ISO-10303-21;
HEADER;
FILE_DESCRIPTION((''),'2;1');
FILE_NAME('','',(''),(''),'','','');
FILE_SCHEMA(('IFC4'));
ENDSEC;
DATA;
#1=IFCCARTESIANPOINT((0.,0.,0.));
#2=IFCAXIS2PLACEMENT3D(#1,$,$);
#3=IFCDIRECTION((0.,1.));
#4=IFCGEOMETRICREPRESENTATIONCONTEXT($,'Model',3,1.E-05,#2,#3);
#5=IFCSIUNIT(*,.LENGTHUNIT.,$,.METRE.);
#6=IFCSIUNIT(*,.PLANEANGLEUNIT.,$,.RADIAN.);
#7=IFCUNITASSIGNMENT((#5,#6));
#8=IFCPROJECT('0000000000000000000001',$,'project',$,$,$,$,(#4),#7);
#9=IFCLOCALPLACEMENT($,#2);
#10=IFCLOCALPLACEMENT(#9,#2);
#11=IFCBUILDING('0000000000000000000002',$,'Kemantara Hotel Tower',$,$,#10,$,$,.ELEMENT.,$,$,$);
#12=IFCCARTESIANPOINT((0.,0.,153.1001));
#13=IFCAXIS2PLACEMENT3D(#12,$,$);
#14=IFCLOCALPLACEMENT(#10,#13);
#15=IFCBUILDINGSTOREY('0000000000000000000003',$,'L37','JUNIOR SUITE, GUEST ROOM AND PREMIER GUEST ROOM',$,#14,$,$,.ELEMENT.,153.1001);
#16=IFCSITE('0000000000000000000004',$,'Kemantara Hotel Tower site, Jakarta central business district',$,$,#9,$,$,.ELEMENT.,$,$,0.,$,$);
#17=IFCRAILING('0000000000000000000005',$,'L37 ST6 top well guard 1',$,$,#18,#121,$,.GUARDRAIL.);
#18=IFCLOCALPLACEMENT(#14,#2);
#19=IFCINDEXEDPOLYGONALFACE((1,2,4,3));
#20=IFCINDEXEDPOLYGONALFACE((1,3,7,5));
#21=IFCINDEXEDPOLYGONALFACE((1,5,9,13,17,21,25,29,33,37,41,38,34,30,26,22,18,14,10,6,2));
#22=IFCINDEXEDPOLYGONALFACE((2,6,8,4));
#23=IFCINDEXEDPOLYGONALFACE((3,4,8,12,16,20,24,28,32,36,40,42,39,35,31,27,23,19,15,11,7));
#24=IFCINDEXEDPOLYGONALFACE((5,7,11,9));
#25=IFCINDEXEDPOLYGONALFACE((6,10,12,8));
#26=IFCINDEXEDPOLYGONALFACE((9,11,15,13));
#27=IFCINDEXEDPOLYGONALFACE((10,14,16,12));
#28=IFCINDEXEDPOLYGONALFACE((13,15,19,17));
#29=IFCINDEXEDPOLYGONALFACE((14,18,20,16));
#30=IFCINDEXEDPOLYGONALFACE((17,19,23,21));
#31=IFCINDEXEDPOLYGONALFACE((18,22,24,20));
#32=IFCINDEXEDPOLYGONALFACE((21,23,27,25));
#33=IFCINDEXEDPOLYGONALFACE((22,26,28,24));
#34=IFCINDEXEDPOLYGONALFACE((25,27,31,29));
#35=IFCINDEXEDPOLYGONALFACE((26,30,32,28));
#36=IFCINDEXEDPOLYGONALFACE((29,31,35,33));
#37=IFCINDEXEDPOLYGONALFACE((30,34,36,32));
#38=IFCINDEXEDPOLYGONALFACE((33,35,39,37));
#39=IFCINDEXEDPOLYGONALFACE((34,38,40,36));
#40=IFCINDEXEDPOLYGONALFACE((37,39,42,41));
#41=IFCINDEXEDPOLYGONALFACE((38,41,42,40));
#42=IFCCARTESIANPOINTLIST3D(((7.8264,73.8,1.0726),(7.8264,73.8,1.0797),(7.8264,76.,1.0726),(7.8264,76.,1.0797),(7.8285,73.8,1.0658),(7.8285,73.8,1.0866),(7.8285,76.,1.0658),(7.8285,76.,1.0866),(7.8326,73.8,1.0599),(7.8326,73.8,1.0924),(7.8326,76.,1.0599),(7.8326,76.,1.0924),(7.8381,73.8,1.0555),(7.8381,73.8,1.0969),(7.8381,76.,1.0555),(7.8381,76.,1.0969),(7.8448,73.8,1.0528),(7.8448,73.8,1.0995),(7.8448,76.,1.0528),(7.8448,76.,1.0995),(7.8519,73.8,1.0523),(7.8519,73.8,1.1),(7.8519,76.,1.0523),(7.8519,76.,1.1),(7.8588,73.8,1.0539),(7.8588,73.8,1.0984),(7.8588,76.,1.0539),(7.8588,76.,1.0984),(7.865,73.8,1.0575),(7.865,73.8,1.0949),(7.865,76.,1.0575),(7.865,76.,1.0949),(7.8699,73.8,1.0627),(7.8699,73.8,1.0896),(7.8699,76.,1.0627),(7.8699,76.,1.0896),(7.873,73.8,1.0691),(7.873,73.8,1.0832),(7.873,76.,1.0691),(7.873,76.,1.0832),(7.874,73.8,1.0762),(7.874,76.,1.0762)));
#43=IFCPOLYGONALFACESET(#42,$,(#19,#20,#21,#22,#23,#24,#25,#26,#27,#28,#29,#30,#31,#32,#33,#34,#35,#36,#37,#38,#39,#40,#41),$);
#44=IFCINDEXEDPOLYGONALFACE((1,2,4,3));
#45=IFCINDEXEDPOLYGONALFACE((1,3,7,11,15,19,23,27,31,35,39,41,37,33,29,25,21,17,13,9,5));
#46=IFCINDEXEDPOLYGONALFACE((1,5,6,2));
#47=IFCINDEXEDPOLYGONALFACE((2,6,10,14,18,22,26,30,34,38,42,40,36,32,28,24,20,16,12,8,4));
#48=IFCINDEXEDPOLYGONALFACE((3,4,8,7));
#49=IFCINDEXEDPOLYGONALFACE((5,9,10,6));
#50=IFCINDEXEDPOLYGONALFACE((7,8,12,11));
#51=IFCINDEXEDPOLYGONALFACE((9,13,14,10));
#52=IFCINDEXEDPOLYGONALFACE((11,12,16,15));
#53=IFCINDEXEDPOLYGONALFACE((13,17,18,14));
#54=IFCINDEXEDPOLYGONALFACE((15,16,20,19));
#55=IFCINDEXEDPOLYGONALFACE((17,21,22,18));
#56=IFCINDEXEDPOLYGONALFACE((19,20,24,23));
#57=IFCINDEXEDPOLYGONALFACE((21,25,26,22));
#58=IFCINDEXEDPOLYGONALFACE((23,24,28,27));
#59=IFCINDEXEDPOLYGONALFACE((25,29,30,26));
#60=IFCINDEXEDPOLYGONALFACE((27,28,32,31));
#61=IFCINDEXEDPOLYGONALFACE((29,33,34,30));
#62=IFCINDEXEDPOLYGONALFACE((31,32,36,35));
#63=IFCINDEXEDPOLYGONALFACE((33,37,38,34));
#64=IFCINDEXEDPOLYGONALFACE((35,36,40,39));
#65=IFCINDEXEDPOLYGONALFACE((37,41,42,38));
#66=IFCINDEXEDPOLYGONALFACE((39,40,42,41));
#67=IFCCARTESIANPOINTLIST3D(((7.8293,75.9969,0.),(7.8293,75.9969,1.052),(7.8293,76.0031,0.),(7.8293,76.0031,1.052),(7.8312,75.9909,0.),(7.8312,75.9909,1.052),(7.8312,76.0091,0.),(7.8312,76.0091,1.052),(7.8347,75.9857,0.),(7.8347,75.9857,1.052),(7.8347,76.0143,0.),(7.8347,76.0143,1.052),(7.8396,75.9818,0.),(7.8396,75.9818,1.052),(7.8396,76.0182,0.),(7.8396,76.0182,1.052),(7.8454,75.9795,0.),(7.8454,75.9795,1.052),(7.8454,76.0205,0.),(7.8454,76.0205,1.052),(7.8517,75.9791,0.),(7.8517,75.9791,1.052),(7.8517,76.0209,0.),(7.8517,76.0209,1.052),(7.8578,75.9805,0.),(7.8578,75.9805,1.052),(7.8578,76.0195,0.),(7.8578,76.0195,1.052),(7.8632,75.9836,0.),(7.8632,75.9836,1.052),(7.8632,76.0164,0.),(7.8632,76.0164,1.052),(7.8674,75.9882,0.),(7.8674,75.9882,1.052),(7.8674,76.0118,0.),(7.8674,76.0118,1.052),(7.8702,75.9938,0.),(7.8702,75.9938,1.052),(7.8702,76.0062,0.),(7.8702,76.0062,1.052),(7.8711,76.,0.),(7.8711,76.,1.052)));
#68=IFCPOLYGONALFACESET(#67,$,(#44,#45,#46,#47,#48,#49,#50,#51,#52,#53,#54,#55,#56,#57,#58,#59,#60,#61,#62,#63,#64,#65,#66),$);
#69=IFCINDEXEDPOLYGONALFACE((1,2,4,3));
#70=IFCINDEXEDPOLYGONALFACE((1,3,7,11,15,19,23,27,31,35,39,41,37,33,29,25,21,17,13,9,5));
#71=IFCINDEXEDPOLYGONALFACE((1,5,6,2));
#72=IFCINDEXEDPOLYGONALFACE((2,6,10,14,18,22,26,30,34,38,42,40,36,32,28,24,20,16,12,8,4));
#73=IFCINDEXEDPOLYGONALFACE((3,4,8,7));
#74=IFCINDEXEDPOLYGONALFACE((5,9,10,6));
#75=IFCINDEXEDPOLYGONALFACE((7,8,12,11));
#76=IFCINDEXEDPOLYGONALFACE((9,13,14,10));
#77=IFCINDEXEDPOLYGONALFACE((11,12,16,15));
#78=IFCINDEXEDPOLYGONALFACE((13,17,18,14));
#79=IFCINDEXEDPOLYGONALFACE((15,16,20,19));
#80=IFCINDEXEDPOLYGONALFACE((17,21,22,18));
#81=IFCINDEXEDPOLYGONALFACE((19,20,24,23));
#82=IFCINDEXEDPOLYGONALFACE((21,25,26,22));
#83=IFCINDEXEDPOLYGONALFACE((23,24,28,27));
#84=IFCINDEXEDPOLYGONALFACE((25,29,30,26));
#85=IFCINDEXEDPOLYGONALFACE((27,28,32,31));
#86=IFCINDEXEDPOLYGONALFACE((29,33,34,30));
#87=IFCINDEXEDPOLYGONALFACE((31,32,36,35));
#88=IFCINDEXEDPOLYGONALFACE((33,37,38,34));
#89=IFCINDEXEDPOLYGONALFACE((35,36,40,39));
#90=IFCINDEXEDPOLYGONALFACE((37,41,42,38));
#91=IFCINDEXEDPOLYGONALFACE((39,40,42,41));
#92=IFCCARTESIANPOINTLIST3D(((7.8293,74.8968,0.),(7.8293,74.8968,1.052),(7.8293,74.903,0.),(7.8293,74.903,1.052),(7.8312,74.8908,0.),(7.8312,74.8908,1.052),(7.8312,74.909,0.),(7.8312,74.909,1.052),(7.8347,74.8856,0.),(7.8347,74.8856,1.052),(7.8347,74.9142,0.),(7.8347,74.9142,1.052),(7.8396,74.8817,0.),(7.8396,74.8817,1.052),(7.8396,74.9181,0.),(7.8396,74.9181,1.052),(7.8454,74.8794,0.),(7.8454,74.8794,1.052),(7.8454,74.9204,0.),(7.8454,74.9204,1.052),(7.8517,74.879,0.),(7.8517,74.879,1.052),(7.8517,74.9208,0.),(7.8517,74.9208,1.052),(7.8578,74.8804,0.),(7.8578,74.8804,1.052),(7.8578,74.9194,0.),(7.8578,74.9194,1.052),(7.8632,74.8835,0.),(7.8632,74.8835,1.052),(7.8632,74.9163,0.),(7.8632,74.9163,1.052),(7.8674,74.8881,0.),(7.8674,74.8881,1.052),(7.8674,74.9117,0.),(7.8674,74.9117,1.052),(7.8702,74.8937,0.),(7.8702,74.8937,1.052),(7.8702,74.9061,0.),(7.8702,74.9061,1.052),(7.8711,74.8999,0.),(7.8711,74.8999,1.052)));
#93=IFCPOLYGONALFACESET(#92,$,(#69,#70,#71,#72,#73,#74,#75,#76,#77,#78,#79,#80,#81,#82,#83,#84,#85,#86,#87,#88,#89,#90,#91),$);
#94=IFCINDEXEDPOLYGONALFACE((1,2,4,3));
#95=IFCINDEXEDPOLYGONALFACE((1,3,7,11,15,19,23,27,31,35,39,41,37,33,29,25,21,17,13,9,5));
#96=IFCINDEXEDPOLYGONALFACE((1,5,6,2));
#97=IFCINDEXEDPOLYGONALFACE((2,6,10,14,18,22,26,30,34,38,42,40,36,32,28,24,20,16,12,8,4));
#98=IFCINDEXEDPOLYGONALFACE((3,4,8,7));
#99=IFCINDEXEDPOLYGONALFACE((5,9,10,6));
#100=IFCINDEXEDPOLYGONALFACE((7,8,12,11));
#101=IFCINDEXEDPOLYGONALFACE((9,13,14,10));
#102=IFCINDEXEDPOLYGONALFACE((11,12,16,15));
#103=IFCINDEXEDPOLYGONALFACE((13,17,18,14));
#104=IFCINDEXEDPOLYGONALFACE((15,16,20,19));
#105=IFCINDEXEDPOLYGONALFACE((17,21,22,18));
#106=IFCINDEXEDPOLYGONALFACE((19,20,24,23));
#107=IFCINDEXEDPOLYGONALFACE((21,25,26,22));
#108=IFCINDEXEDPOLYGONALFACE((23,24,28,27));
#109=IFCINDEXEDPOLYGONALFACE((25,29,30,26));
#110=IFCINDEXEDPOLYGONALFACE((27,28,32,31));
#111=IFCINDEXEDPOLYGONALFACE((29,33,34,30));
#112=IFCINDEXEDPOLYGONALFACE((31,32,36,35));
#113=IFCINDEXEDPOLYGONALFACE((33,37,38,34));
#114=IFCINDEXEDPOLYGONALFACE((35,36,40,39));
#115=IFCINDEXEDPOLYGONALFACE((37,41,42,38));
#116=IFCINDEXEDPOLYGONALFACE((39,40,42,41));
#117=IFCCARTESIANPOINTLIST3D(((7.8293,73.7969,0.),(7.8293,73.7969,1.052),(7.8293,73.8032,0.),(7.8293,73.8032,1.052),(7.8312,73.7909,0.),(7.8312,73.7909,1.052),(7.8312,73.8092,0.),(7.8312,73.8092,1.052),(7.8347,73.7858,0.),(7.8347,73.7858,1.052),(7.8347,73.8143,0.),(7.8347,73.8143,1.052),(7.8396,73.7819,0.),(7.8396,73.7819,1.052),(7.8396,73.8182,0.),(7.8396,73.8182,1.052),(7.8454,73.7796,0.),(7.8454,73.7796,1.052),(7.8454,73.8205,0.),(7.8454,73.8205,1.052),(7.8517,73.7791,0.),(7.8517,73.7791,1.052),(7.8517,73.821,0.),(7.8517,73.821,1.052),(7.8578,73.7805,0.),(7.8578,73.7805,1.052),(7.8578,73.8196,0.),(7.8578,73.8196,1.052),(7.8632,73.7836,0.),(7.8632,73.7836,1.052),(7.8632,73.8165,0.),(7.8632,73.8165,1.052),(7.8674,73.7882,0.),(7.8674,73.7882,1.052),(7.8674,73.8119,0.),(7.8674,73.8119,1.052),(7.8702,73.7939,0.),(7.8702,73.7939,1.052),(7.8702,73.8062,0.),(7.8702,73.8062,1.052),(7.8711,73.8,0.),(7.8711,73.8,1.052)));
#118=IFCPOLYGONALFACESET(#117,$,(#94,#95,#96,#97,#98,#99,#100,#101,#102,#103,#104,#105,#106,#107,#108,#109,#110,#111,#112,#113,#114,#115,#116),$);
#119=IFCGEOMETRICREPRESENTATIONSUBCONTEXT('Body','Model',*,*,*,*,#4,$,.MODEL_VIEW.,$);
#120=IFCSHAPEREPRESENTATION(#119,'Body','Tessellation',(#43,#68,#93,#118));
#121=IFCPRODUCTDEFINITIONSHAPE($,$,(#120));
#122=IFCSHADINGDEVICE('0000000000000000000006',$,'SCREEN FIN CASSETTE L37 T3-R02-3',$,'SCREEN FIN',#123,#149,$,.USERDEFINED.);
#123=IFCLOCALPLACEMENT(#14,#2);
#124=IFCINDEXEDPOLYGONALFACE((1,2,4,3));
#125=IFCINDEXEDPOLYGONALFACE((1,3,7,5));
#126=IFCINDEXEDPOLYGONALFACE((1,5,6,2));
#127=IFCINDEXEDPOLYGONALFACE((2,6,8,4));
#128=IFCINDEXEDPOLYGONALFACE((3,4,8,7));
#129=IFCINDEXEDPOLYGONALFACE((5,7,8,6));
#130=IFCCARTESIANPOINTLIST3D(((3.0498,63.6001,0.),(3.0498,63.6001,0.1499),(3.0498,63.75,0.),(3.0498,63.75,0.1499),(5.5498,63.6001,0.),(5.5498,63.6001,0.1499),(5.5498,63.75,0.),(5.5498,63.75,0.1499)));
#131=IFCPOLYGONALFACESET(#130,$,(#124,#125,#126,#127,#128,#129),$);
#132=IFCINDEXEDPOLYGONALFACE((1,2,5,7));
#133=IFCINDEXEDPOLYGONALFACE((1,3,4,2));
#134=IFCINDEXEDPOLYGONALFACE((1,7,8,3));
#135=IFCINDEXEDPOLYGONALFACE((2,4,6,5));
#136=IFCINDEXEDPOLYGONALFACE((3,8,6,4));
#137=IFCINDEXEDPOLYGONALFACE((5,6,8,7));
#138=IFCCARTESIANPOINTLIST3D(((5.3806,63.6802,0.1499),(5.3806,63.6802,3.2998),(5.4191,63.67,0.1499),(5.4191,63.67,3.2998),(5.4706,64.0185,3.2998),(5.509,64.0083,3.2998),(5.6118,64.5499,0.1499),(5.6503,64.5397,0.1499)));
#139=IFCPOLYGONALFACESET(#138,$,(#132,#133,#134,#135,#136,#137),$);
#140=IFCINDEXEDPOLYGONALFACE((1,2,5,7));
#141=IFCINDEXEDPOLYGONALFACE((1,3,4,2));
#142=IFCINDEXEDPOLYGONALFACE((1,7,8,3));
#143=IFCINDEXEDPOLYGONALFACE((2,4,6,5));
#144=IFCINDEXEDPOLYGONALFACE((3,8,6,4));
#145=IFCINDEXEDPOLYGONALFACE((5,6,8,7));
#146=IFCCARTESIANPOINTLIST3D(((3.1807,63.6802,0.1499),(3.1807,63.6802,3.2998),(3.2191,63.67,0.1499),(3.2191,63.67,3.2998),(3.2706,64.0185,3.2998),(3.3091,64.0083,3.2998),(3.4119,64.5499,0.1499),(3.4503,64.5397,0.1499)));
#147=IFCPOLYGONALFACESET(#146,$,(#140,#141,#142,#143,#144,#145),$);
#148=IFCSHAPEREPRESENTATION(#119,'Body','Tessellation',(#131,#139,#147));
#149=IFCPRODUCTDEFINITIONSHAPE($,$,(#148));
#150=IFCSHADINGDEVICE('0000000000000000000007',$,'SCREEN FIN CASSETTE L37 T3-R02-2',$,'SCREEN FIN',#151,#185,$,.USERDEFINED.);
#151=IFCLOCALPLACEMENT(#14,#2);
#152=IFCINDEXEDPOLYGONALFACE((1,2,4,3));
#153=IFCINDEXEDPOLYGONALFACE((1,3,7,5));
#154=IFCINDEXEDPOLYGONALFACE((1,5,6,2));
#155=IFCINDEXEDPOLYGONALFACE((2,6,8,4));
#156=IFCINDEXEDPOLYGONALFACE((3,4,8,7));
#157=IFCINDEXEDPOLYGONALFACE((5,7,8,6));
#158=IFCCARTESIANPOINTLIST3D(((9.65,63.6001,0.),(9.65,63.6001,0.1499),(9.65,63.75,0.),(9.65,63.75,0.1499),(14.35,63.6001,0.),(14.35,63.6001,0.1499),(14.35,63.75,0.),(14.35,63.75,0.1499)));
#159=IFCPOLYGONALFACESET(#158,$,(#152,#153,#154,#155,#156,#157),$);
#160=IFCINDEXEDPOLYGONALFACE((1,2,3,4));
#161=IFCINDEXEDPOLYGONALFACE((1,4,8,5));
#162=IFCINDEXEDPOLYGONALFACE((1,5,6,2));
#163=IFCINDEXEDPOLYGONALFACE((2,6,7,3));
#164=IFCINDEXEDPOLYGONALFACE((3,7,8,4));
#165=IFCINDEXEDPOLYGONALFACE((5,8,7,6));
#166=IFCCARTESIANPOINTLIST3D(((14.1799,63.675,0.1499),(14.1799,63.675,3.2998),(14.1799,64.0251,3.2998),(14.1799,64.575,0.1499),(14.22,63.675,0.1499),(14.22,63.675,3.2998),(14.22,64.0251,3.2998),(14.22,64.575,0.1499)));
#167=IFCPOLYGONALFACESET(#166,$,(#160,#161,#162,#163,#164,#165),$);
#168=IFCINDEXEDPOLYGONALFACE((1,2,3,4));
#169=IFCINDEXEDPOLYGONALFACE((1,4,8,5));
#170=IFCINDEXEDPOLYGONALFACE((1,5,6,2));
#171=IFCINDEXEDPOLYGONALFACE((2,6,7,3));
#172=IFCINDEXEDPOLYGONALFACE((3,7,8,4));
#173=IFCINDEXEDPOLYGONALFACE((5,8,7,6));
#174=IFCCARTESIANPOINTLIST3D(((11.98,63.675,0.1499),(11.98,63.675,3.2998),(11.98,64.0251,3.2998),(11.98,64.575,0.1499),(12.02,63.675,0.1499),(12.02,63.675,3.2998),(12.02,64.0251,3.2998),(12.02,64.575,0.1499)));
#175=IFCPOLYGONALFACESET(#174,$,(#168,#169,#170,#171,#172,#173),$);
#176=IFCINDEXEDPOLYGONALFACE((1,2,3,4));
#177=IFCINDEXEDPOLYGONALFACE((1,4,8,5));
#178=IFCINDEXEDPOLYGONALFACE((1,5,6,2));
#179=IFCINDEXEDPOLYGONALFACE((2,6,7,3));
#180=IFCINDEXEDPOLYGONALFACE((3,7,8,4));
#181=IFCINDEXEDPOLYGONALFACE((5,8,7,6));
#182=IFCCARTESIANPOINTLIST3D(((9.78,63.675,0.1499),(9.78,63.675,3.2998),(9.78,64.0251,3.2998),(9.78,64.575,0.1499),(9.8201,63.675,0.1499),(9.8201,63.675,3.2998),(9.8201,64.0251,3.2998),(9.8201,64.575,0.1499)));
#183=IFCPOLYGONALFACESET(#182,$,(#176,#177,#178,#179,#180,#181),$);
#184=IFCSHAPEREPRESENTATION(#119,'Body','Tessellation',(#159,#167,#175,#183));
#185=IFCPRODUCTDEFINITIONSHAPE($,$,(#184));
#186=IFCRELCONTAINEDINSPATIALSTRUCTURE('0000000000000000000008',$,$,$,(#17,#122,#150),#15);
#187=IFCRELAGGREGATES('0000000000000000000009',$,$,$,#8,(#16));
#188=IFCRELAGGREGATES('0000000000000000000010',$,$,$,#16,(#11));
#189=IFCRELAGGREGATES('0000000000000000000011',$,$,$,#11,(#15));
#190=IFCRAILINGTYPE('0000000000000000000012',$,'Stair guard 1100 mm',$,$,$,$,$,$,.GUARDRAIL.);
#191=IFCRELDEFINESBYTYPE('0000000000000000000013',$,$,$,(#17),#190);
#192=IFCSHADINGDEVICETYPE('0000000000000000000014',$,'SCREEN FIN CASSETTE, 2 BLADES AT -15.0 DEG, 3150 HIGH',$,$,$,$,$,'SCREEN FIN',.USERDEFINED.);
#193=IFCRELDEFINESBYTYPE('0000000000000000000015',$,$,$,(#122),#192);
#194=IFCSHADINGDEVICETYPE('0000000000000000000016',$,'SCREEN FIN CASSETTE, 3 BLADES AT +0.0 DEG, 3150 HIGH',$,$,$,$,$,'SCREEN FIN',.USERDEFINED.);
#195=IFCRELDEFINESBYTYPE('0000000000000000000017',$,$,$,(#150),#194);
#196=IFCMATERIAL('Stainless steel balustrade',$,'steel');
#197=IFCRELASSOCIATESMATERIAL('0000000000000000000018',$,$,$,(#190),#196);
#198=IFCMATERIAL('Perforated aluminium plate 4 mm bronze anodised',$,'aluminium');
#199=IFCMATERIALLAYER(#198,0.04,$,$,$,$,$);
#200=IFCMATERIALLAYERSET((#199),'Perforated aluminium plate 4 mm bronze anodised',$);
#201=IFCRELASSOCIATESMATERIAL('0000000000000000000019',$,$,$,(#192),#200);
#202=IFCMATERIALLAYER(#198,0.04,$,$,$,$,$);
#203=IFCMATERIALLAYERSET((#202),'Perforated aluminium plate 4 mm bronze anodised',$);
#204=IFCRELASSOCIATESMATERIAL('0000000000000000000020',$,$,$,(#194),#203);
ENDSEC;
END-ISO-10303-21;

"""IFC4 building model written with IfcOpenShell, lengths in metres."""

from ifc_helpers import new_model, si_unit, direction, frame, origin, origin_2d, place, context, subcontext, project, spatial, polyline, rectangle, circle, outline, extrude, source, transform, mapped, material, layer, layer_set, type_object, element, save


model = new_model("IFC4")

# Units and contexts
model_context = context("Model", 3, precision=1e-05, world=origin(), true_north=direction((0.0, 1.0)))
body_context = subcontext(model_context, "Body", "Model", "MODEL_VIEW")
ifc_project = project(units=[si_unit("LENGTHUNIT", "METRE"), si_unit("PLANEANGLEUNIT", "RADIAN")], contexts=[model_context])

# Site, building, storey
site_placement = place(None, origin())
site = spatial("IfcSite", under=ifc_project, at=site_placement, Name="Kemantara Hotel Tower site, Jakarta central business district", CompositionType="ELEMENT", RefElevation=0.0)
building_placement = place(site_placement, origin())
building = spatial("IfcBuilding", under=site, at=building_placement, Name="Kemantara Hotel Tower", CompositionType="ELEMENT")
storey_placement = place(building_placement, frame((0.0, 0.0, 153.1001)))
storey = spatial("IfcBuildingStorey", under=building, at=storey_placement, Name="L37", Description="JUNIOR SUITE, GUEST ROOM AND PREMIER GUEST ROOM", CompositionType="ELEMENT", Elevation=153.1001)

# Railing
ifc_material_1 = material(Name="Stainless steel balustrade", Category="steel")
railing_type = type_object("IfcRailingType", Name="Stair guard 1100 mm", PredefinedType="GUARDRAIL", material=ifc_material_1)
railing_placement = place(storey_placement, frame((7.8501, 76.0, 0.0)))
element("IfcRailing", 1, at=railing_placement, inside=storey, type_object=railing_type, Name="L37 ST6 top well guard 1", PredefinedType="GUARDRAIL", context=body_context, shape_type="SweptSolid", body=[
    extrude(circle(Radius=0.0239, at=origin_2d()), frame((0.0, 0.0, 1.0762), z_axis=(0.0, -1.0, 0.0), x_axis=(1.0, 0.0, 0.0)), (0.0, 0.0, 1.0), 2.2),
    extrude(circle(Radius=0.021, at=origin_2d()), origin(), (0.0, 0.0, 1.0), 1.052),
    extrude(circle(Radius=0.021, at=origin_2d()), frame((0.0, -1.1001, 0.0)), (0.0, 0.0, 1.0), 1.052),
    extrude(circle(Radius=0.021, at=origin_2d()), frame((0.0, -2.2, 0.0)), (0.0, 0.0, 1.0), 1.052),
])

# Shading devices
ifc_material_2 = material(Name="Perforated aluminium plate 4 mm bronze anodised", Category="aluminium")
ifc_layer_1 = layer(ifc_material_2, 0.04)
ifc_layer_set_1 = layer_set([ifc_layer_1], Name="Perforated aluminium plate 4 mm bronze anodised")
shading_device_type_1 = type_object("IfcShadingDeviceType", Name="SCREEN FIN CASSETTE, 2 BLADES AT -15.0 DEG, 3150 HIGH", ElementType="SCREEN FIN", PredefinedType="USERDEFINED", material=ifc_layer_set_1)
shared_shape_1 = source(origin(), body_context, "Body", "SweptSolid", [
    extrude(rectangle(XDim=2.5, YDim=0.1499, at=origin_2d()), frame((1.1001, -0.075, -0.1499), z_axis=(0.0, 0.0, 1.0), x_axis=(1.0, 0.0, 0.0)), (0.0, 0.0, 1.0), 0.1499),
    extrude(outline(polyline([(0.0, 0.0), (0.8999, 0.0), (0.3501, 3.1499), (0.0, 3.1499), (0.0, 0.0)])), frame((0.0193, -0.0801, 0.0), z_axis=(-0.966438, 0.256901, 0.0), x_axis=(-0.256901, -0.966438, 0.0)), (0.0, 0.0, 1.0), 0.0398),
    extrude(outline(polyline([(0.0, 0.0), (0.8999, 0.0), (0.3501, 3.1499), (0.0, 3.1499), (0.0, 0.0)])), frame((2.2192, -0.0801, 0.0), z_axis=(-0.966438, 0.256901, 0.0), x_axis=(-0.256901, -0.966438, 0.0)), (0.0, 0.0, 1.0), 0.0398),
])
shading_device_1_placement = place(storey_placement, frame((5.3999, 63.6001, 0.1499), z_axis=(0.0, 0.0, 1.0), x_axis=(-1.0, 0.0, 0.0)))
element("IfcShadingDevice", 2, at=shading_device_1_placement, inside=storey, type_object=shading_device_type_1, Name="SCREEN FIN CASSETTE L37 T3-R02-3", ObjectType="SCREEN FIN", PredefinedType="USERDEFINED", context=body_context, shape_type="MappedRepresentation", body=[
    mapped(shared_shape_1, transform((0.0, 0.0, 0.0))),
])
ifc_layer_2 = layer(ifc_material_2, 0.04)
ifc_layer_set_2 = layer_set([ifc_layer_2], Name="Perforated aluminium plate 4 mm bronze anodised")
shading_device_type_2 = type_object("IfcShadingDeviceType", Name="SCREEN FIN CASSETTE, 3 BLADES AT +0.0 DEG, 3150 HIGH", ElementType="SCREEN FIN", PredefinedType="USERDEFINED", material=ifc_layer_set_2)
shared_shape_2 = source(origin(), body_context, "Body", "SweptSolid", [
    extrude(rectangle(XDim=4.7, YDim=0.1499, at=origin_2d()), frame((2.2, -0.075, -0.1499), z_axis=(0.0, 0.0, 1.0), x_axis=(1.0, 0.0, 0.0)), (0.0, 0.0, 1.0), 0.1499),
    extrude(outline(polyline([(0.0, 0.0), (0.8999, 0.0), (0.3501, 3.1499), (0.0, 3.1499), (0.0, 0.0)])), frame((0.02, -0.075, 0.0), z_axis=(-1.0, 0.0, 0.0), x_axis=(0.0, -1.0, 0.0)), (0.0, 0.0, 1.0), 0.04),
    extrude(outline(polyline([(0.0, 0.0), (0.8999, 0.0), (0.3501, 3.1499), (0.0, 3.1499), (0.0, 0.0)])), frame((2.22, -0.075, 0.0), z_axis=(-1.0, 0.0, 0.0), x_axis=(0.0, -1.0, 0.0)), (0.0, 0.0, 1.0), 0.04),
    extrude(outline(polyline([(0.0, 0.0), (0.8999, 0.0), (0.3501, 3.1499), (0.0, 3.1499), (0.0, 0.0)])), frame((4.4199, -0.075, 0.0), z_axis=(-1.0, 0.0, 0.0), x_axis=(0.0, -1.0, 0.0)), (0.0, 0.0, 1.0), 0.04),
])
shading_device_2_placement = place(storey_placement, frame((14.2, 63.6001, 0.1499), z_axis=(0.0, 0.0, 1.0), x_axis=(-1.0, 0.0, 0.0)))
element("IfcShadingDevice", 3, at=shading_device_2_placement, inside=storey, type_object=shading_device_type_2, Name="SCREEN FIN CASSETTE L37 T3-R02-2", ObjectType="SCREEN FIN", PredefinedType="USERDEFINED", context=body_context, shape_type="MappedRepresentation", body=[
    mapped(shared_shape_2, transform((0.0, 0.0, 0.0))),
])

save(model, "model.ifc")
